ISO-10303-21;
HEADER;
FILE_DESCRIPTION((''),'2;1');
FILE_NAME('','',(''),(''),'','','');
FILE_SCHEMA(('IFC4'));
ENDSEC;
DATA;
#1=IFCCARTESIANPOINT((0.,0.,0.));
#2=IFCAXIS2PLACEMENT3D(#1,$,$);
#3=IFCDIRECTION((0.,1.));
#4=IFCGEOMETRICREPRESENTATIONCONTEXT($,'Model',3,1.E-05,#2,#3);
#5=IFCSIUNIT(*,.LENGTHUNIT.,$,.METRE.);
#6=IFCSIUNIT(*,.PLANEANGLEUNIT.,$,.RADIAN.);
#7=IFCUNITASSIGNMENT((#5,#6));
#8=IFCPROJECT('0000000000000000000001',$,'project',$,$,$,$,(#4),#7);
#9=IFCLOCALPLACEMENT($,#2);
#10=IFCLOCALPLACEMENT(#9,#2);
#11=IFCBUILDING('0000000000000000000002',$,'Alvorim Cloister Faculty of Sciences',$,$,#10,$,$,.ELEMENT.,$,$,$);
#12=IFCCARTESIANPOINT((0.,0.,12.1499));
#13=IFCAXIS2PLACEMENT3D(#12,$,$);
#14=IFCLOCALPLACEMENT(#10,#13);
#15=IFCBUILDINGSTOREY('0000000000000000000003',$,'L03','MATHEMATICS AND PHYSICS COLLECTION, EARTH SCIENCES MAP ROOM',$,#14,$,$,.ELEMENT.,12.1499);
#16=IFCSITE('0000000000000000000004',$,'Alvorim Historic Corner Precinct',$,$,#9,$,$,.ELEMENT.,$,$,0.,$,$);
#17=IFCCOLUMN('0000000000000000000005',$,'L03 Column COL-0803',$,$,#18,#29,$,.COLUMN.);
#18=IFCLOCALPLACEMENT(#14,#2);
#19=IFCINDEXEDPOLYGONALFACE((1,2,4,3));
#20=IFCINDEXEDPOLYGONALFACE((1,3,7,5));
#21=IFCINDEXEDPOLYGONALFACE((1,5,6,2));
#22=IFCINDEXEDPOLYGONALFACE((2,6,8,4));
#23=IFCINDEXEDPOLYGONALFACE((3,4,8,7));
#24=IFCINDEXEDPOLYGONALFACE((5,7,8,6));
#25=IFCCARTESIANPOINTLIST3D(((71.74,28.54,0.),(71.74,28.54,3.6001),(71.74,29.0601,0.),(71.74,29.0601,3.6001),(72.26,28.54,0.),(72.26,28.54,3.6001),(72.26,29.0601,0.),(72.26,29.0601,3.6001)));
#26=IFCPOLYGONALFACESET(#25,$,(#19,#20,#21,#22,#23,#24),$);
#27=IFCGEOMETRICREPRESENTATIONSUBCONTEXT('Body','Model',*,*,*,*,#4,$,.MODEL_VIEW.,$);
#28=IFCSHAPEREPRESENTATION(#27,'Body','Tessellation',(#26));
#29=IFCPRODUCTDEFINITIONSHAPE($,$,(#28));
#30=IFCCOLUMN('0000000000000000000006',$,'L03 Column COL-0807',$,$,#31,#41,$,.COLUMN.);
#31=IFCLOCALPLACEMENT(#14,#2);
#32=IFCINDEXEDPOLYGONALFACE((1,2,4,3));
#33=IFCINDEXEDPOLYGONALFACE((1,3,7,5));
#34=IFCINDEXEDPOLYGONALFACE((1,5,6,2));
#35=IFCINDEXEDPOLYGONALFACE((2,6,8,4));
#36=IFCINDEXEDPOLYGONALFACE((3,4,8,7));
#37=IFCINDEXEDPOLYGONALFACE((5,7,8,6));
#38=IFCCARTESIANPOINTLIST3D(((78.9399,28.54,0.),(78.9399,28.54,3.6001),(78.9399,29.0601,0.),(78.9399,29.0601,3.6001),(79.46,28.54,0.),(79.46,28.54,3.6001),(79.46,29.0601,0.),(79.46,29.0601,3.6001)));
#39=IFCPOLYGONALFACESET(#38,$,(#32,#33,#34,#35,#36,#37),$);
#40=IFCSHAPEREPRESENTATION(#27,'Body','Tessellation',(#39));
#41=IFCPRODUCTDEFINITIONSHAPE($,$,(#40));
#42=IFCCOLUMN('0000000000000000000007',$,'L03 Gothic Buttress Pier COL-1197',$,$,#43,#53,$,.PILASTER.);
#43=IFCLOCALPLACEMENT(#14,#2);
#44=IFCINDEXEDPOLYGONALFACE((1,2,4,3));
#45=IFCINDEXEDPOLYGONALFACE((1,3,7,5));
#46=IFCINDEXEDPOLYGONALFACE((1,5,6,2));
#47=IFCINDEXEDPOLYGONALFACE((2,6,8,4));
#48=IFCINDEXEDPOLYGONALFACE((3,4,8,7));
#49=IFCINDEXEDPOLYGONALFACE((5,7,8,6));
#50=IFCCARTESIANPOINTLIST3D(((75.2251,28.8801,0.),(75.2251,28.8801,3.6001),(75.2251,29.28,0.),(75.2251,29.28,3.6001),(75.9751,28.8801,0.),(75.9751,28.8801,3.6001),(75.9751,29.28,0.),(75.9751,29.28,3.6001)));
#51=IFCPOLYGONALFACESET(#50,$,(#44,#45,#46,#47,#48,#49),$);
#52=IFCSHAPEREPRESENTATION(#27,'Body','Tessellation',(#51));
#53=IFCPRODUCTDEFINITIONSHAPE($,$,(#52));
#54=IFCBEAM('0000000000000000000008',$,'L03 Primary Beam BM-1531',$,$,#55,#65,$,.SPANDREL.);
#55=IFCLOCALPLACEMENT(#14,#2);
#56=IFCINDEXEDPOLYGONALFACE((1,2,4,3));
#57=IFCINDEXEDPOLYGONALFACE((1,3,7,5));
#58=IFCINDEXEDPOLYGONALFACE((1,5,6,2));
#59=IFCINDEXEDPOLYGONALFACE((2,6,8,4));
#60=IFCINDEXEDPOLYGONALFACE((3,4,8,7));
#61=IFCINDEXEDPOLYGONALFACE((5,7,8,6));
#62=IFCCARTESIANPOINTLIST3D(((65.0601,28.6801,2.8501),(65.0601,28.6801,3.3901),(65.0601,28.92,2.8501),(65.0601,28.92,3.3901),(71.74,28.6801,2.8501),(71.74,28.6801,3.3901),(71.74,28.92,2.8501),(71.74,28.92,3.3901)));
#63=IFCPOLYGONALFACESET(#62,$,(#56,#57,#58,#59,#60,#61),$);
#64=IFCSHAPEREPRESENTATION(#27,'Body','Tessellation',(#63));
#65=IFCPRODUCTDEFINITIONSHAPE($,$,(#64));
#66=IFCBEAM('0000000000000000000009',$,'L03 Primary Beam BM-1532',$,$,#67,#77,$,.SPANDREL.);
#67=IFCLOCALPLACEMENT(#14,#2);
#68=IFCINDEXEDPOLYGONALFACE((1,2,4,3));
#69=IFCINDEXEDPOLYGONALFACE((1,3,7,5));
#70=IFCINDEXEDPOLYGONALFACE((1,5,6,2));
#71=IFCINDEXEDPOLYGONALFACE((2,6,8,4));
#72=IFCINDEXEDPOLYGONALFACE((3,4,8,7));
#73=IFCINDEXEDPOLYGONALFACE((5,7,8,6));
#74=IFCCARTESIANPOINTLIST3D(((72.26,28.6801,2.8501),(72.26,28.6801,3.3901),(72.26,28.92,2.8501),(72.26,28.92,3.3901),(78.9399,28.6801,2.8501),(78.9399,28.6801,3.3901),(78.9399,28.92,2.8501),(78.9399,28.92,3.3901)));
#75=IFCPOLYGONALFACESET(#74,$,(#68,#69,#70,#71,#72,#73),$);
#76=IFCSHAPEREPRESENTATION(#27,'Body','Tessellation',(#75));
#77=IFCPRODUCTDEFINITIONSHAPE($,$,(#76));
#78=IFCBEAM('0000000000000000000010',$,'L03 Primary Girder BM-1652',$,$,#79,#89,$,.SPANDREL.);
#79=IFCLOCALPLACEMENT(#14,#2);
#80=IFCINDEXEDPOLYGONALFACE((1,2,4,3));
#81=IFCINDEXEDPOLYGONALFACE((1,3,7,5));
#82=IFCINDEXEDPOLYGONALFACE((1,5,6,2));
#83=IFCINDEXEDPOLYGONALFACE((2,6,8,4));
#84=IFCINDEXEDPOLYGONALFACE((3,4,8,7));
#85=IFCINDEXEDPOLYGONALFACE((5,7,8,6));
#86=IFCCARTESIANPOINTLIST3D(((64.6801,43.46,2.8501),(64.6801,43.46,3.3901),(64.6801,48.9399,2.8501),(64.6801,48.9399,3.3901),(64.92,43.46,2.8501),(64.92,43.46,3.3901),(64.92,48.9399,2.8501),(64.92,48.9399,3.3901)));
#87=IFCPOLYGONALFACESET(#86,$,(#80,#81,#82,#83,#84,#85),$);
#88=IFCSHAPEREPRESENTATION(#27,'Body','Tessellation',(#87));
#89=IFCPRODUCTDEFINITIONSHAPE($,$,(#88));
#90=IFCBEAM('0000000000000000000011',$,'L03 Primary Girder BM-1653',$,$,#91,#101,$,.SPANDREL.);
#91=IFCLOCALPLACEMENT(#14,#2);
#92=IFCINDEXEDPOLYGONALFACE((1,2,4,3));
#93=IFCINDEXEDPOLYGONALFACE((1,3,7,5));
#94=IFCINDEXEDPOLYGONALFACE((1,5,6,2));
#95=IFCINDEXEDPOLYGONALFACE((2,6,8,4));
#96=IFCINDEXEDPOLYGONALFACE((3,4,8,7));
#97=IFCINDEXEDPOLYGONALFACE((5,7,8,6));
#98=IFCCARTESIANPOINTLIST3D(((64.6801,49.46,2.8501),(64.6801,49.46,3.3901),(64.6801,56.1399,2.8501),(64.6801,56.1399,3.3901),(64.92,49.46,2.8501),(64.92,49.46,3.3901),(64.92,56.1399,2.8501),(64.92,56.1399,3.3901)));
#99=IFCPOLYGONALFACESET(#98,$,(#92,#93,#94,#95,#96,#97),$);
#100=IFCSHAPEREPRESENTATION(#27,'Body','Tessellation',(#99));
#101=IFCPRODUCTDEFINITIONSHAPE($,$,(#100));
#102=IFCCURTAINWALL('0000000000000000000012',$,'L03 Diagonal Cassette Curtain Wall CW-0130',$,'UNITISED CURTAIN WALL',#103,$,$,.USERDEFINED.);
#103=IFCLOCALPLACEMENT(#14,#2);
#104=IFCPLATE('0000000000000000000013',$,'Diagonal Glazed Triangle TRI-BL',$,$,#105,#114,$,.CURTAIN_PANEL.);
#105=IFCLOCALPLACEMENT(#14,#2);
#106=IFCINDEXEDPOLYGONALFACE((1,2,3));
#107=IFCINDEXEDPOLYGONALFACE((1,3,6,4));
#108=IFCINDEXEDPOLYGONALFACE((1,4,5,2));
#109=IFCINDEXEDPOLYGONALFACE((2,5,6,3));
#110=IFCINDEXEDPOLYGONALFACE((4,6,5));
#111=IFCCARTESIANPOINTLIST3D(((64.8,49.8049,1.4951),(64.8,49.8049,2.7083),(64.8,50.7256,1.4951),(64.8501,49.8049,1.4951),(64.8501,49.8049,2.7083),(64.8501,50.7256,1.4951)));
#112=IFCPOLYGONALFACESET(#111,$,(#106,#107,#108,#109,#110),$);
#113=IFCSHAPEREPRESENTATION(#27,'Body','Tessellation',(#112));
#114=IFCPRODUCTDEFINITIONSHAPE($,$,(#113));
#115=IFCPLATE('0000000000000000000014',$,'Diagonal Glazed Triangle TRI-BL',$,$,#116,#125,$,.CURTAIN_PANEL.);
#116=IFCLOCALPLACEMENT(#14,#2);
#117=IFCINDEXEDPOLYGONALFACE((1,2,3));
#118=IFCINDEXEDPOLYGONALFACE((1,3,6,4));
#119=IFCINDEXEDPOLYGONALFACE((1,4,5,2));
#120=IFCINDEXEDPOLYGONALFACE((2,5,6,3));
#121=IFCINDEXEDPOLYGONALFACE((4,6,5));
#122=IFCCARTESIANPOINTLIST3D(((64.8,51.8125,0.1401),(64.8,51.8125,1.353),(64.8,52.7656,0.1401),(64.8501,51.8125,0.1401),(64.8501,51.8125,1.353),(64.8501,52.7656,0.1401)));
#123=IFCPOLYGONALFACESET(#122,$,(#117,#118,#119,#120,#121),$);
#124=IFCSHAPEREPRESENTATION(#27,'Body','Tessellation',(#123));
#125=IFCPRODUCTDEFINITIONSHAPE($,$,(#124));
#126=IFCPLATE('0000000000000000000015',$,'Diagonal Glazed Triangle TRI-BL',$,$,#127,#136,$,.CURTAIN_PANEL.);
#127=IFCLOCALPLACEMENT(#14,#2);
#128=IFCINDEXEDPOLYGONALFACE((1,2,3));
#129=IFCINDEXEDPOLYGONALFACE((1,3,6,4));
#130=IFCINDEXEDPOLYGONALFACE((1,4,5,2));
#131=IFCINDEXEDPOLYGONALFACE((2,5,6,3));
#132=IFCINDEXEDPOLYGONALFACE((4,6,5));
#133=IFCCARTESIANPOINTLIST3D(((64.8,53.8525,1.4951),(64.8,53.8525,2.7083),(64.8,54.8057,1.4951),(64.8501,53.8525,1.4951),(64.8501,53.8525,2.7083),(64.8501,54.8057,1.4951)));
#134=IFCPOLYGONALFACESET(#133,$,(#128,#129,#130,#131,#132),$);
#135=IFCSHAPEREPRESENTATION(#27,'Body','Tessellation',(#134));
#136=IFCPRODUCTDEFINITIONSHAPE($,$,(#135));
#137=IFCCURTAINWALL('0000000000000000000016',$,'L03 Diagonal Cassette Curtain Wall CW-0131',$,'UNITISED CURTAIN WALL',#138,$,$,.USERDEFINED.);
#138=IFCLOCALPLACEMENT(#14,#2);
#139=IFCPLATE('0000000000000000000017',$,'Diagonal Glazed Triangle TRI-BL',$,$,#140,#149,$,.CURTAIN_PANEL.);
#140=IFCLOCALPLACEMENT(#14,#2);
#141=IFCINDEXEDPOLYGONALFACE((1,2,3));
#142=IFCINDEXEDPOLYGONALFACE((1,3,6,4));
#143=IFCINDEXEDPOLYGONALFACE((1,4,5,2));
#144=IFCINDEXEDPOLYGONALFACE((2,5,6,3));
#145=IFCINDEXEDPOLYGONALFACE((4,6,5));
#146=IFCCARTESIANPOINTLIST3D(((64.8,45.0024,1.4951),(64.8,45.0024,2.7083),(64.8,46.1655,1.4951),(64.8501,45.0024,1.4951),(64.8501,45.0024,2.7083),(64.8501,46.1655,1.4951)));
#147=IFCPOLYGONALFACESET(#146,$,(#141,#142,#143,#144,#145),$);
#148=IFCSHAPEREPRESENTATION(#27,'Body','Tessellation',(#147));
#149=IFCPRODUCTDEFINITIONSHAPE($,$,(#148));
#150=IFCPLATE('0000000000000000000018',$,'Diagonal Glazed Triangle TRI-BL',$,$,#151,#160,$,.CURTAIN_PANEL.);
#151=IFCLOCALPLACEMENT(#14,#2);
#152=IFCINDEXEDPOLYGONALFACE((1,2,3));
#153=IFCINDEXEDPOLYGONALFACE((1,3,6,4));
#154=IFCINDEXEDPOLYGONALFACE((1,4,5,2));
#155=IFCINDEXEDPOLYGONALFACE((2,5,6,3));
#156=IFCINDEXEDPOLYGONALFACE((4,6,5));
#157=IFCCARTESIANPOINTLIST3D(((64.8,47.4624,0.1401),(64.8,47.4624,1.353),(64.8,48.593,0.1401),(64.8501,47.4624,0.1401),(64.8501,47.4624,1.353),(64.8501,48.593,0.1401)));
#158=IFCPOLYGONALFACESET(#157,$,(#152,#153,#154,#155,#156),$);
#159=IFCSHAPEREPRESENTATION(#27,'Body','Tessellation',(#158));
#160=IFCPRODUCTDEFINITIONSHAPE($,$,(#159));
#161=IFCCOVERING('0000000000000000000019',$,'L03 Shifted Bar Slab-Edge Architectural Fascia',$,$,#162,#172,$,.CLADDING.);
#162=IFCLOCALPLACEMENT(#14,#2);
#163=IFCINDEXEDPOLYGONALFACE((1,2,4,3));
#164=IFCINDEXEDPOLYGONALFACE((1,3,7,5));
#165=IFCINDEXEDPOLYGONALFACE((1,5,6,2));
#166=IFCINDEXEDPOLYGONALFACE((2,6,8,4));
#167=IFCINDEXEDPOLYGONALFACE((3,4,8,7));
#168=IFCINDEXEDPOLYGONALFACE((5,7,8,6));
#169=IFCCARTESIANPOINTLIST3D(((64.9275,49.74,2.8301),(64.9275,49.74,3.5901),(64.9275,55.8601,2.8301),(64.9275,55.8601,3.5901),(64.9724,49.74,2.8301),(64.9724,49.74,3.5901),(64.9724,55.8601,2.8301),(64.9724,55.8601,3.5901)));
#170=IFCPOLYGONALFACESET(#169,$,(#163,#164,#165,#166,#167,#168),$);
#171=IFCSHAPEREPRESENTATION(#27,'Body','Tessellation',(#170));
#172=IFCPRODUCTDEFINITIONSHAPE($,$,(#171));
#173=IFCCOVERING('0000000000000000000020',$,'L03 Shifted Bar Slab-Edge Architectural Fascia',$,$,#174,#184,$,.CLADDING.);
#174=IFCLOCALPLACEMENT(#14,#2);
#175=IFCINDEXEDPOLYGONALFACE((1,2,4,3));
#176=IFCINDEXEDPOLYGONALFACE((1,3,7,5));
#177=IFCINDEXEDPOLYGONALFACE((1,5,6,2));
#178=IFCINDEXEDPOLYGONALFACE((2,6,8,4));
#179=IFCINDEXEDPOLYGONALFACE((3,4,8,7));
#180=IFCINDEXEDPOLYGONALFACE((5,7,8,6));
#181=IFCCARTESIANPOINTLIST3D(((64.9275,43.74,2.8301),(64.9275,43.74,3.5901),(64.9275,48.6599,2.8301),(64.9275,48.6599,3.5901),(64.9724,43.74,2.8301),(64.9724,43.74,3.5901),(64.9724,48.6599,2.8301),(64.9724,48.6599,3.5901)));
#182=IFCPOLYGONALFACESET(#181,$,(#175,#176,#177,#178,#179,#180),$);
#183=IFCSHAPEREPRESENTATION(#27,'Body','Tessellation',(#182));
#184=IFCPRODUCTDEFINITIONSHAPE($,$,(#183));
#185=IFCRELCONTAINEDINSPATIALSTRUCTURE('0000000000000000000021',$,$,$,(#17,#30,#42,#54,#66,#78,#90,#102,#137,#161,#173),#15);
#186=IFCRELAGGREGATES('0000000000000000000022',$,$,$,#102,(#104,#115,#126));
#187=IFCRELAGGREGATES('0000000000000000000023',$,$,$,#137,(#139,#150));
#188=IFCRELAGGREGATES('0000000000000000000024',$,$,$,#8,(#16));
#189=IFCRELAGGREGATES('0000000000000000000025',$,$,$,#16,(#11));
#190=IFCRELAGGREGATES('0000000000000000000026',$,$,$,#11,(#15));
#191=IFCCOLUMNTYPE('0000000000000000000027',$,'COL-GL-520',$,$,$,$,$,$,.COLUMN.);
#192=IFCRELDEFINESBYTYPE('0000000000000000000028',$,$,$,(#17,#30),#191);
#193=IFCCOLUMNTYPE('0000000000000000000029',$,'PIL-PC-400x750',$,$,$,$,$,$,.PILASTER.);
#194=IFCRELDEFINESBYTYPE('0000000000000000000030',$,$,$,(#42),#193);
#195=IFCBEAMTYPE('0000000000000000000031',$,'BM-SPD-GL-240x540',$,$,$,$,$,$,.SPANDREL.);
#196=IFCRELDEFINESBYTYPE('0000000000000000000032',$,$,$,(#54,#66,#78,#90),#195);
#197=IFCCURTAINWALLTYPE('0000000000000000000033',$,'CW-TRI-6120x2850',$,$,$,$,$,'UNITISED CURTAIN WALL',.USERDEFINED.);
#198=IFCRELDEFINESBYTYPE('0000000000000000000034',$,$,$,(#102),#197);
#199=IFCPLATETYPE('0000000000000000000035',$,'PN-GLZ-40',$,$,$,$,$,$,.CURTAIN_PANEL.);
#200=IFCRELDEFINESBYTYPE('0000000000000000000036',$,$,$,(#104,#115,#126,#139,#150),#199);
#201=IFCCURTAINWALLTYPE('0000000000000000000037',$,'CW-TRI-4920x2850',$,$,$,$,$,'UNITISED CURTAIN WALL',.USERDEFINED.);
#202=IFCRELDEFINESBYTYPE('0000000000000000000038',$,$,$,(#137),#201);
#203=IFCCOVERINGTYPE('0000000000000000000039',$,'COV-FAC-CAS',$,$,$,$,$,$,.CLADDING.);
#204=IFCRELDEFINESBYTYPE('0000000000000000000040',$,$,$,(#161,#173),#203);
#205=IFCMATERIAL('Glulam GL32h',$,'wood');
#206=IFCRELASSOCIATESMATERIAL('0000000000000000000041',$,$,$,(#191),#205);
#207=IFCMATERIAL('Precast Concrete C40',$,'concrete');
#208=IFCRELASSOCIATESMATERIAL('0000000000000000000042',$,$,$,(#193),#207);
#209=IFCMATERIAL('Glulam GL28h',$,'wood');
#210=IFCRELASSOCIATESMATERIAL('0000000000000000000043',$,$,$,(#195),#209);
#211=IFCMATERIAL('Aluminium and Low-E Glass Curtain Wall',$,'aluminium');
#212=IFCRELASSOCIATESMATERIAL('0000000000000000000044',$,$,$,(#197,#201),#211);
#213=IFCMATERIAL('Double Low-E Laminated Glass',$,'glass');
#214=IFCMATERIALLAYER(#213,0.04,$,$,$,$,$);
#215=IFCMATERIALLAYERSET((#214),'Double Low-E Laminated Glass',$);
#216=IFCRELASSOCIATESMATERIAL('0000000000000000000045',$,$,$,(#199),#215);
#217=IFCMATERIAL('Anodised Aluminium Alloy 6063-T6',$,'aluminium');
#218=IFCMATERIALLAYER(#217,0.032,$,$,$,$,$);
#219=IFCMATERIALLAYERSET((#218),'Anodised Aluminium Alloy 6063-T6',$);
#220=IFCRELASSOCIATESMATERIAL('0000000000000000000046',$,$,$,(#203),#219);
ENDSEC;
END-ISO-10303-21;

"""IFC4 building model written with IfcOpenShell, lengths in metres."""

from ifc_helpers import new_model, si_unit, direction, frame, origin, origin_2d, place, context, subcontext, project, spatial, polyline, rectangle, outline, extrude, material, layer, layer_set, material_profile, profile_set, type_object, element, aggregate, save


model = new_model("IFC4")

# Units and contexts
model_context = context("Model", 3, precision=1e-05, world=origin(), true_north=direction((0.0, 1.0)))
body_context = subcontext(model_context, "Body", "Model", "MODEL_VIEW")
ifc_project = project(units=[si_unit("LENGTHUNIT", "METRE"), si_unit("PLANEANGLEUNIT", "RADIAN")], contexts=[model_context])

# Site, building, storey
site_placement = place(None, origin())
site = spatial("IfcSite", under=ifc_project, at=site_placement, Name="Alvorim Historic Corner Precinct", CompositionType="ELEMENT", RefElevation=0.0)
building_placement = place(site_placement, origin())
building = spatial("IfcBuilding", under=site, at=building_placement, Name="Alvorim Cloister Faculty of Sciences", CompositionType="ELEMENT")
storey_placement = place(building_placement, frame((0.0, 0.0, 12.1499)))
storey = spatial("IfcBuildingStorey", under=building, at=storey_placement, Name="L03", Description="MATHEMATICS AND PHYSICS COLLECTION, EARTH SCIENCES MAP ROOM", CompositionType="ELEMENT", Elevation=12.1499)

# Columns
ifc_material_1 = material(Name="Glulam GL32h", Category="wood")
ifc_material_profile_1 = material_profile(ifc_material_1, rectangle(XDim=0.52, YDim=0.52, at=origin_2d()), Name="GL32-COL-520x520")
ifc_profile_set_1 = profile_set([ifc_material_profile_1], Name="Glulam GL32h")
column_type_1 = type_object("IfcColumnType", Name="COL-GL-520", PredefinedType="COLUMN", material=ifc_profile_set_1)
for number, where, z_axis, x_axis, name in (
    (1, (72.0, 28.8, 0.0), (0.0, 0.0, 1.0), (1.0, 0.0, 0.0), "L03 Column COL-0803"),
    (2, (79.2, 28.8, 0.0), (0.0, 0.0, 1.0), (1.0, 0.0, 0.0), "L03 Column COL-0807"),
):
    element("IfcColumn", number, at=place(storey_placement, frame(where, z_axis=z_axis, x_axis=x_axis)), inside=storey, type_object=column_type_1, Name=name, PredefinedType="COLUMN", context=body_context, shape_type="SweptSolid", body=[
        extrude(rectangle(XDim=0.52, YDim=0.52, at=origin_2d()), origin(), (0.0, 0.0, 1.0), 3.6001),
    ])
ifc_material_2 = material(Name="Precast Concrete C40", Category="concrete")
ifc_material_profile_2 = material_profile(ifc_material_2, rectangle(XDim=0.3999, YDim=0.75, at=origin_2d()), Name="RC40-PIL-400x750")
ifc_profile_set_2 = profile_set([ifc_material_profile_2], Name="Precast Concrete C40")
column_type_2 = type_object("IfcColumnType", Name="PIL-PC-400x750", PredefinedType="PILASTER", material=ifc_profile_set_2)
column_placement = place(storey_placement, frame((75.6001, 29.0801, 0.0), z_axis=(0.0, 0.0, 1.0), x_axis=(0.0, 1.0, 0.0)))
element("IfcColumn", 3, at=column_placement, inside=storey, type_object=column_type_2, Name="L03 Gothic Buttress Pier COL-1197", PredefinedType="PILASTER", context=body_context, shape_type="SweptSolid", body=[
    extrude(rectangle(XDim=0.3999, YDim=0.75, at=origin_2d()), origin(), (0.0, 0.0, 1.0), 3.6001),
])

# Beams
ifc_material_3 = material(Name="Glulam GL28h", Category="wood")
ifc_material_profile_3 = material_profile(ifc_material_3, rectangle(XDim=0.24, YDim=0.54, at=origin_2d()), Name="GL28-SPD-240x540")
ifc_profile_set_3 = profile_set([ifc_material_profile_3], Name="Glulam GL28h")
beam_type = type_object("IfcBeamType", Name="BM-SPD-GL-240x540", PredefinedType="SPANDREL", material=ifc_profile_set_3)
for number, where, z_axis, x_axis, name in (
    (4, (65.0601, 28.8, 3.1201), (1.0, 0.0, 0.0), (0.0, 1.0, 0.0), "L03 Primary Beam BM-1531"),
    (5, (72.26, 28.8, 3.1201), (1.0, 0.0, 0.0), (0.0, 1.0, 0.0), "L03 Primary Beam BM-1532"),
):
    element("IfcBeam", number, at=place(storey_placement, frame(where, z_axis=z_axis, x_axis=x_axis)), inside=storey, type_object=beam_type, Name=name, PredefinedType="SPANDREL", context=body_context, shape_type="SweptSolid", body=[
        extrude(rectangle(XDim=0.24, YDim=0.54, at=origin_2d()), origin(), (0.0, 0.0, 1.0), 6.6799),
    ])
beam_1_placement = place(storey_placement, frame((64.8, 43.46, 3.1201), z_axis=(0.0, 1.0, 0.0), x_axis=(-1.0, 0.0, 0.0)))
element("IfcBeam", 6, at=beam_1_placement, inside=storey, type_object=beam_type, Name="L03 Primary Girder BM-1652", PredefinedType="SPANDREL", context=body_context, shape_type="SweptSolid", body=[
    extrude(rectangle(XDim=0.24, YDim=0.54, at=origin_2d()), origin(), (0.0, 0.0, 1.0), 5.48),
])
beam_2_placement = place(storey_placement, frame((64.8, 49.46, 3.1201), z_axis=(0.0, 1.0, 0.0), x_axis=(-1.0, 0.0, 0.0)))
element("IfcBeam", 7, at=beam_2_placement, inside=storey, type_object=beam_type, Name="L03 Primary Girder BM-1653", PredefinedType="SPANDREL", context=body_context, shape_type="SweptSolid", body=[
    extrude(rectangle(XDim=0.24, YDim=0.54, at=origin_2d()), origin(), (0.0, 0.0, 1.0), 6.6799),
])

# Curtain walls, plates
ifc_material_4 = material(Name="Aluminium and Low-E Glass Curtain Wall", Category="aluminium")
curtain_wall_type_1 = type_object("IfcCurtainWallType", Name="CW-TRI-6120x2850", ElementType="UNITISED CURTAIN WALL", PredefinedType="USERDEFINED", material=ifc_material_4)
curtain_wall_1_placement = place(storey_placement, origin())
curtain_wall_1 = element("IfcCurtainWall", 8, at=curtain_wall_1_placement, inside=storey, type_object=curtain_wall_type_1, Name="L03 Diagonal Cassette Curtain Wall CW-0130", ObjectType="UNITISED CURTAIN WALL", PredefinedType="USERDEFINED")
ifc_material_5 = material(Name="Double Low-E Laminated Glass", Category="glass")
ifc_layer_1 = layer(ifc_material_5, 0.04)
ifc_layer_set_1 = layer_set([ifc_layer_1], Name="Double Low-E Laminated Glass")
plate_type = type_object("IfcPlateType", Name="PN-GLZ-40", PredefinedType="CURTAIN_PANEL", material=ifc_layer_set_1)
plate_1_placement = place(storey_placement, frame((64.825, 49.8049, 1.4951), z_axis=(0.0, 0.0, 1.0), x_axis=(0.0, 1.0, 0.0)))
plate_1 = element("IfcPlate", 9, at=plate_1_placement, type_object=plate_type, Name="Diagonal Glazed Triangle TRI-BL", PredefinedType="CURTAIN_PANEL", context=body_context, shape_type="SweptSolid", body=[
    extrude(outline(polyline([(0.0, 0.0), (0.9207, 0.0), (0.0, 1.2131), (0.0, 0.0)])), frame((0.0, 0.0249, 0.0), z_axis=(0.0, -1.0, 0.0), x_axis=(1.0, 0.0, 0.0)), (0.0, 0.0, 1.0), 0.05),
])
plate_2_placement = place(storey_placement, frame((64.825, 51.8125, 0.1401), z_axis=(0.0, 0.0, 1.0), x_axis=(0.0, 1.0, 0.0)))
plate_2 = element("IfcPlate", 10, at=plate_2_placement, type_object=plate_type, Name="Diagonal Glazed Triangle TRI-BL", PredefinedType="CURTAIN_PANEL", context=body_context, shape_type="SweptSolid", body=[
    extrude(outline(polyline([(0.0, 0.0), (0.9531, 0.0), (0.0, 1.2129), (0.0, 0.0)])), frame((0.0, 0.0249, 0.0), z_axis=(0.0, -1.0, 0.0), x_axis=(1.0, 0.0, 0.0)), (0.0, 0.0, 1.0), 0.05),
])
plate_3_placement = place(storey_placement, frame((64.825, 53.8525, 1.4951), z_axis=(0.0, 0.0, 1.0), x_axis=(0.0, 1.0, 0.0)))
plate_3 = element("IfcPlate", 11, at=plate_3_placement, type_object=plate_type, Name="Diagonal Glazed Triangle TRI-BL", PredefinedType="CURTAIN_PANEL", context=body_context, shape_type="SweptSolid", body=[
    extrude(outline(polyline([(0.0, 0.0), (0.9531, 0.0), (0.0, 1.2131), (0.0, 0.0)])), frame((0.0, 0.0249, 0.0), z_axis=(0.0, -1.0, 0.0), x_axis=(1.0, 0.0, 0.0)), (0.0, 0.0, 1.0), 0.05),
])
aggregate(curtain_wall_1, [plate_1, plate_2, plate_3])
curtain_wall_type_2 = type_object("IfcCurtainWallType", Name="CW-TRI-4920x2850", ElementType="UNITISED CURTAIN WALL", PredefinedType="USERDEFINED", material=ifc_material_4)
curtain_wall_2_placement = place(storey_placement, origin())
curtain_wall_2 = element("IfcCurtainWall", 12, at=curtain_wall_2_placement, inside=storey, type_object=curtain_wall_type_2, Name="L03 Diagonal Cassette Curtain Wall CW-0131", ObjectType="UNITISED CURTAIN WALL", PredefinedType="USERDEFINED")
plate_4_placement = place(storey_placement, frame((64.825, 45.0024, 1.4951), z_axis=(0.0, 0.0, 1.0), x_axis=(0.0, 1.0, 0.0)))
plate_4 = element("IfcPlate", 13, at=plate_4_placement, type_object=plate_type, Name="Diagonal Glazed Triangle TRI-BL", PredefinedType="CURTAIN_PANEL", context=body_context, shape_type="SweptSolid", body=[
    extrude(outline(polyline([(0.0, 0.0), (1.1631, 0.0), (0.0, 1.2131), (0.0, 0.0)])), frame((0.0, 0.0249, 0.0), z_axis=(0.0, -1.0, 0.0), x_axis=(1.0, 0.0, 0.0)), (0.0, 0.0, 1.0), 0.05),
])
plate_5_placement = place(storey_placement, frame((64.825, 47.4624, 0.1401), z_axis=(0.0, 0.0, 1.0), x_axis=(0.0, 1.0, 0.0)))
plate_5 = element("IfcPlate", 14, at=plate_5_placement, type_object=plate_type, Name="Diagonal Glazed Triangle TRI-BL", PredefinedType="CURTAIN_PANEL", context=body_context, shape_type="SweptSolid", body=[
    extrude(outline(polyline([(0.0, 0.0), (1.1306, 0.0), (0.0, 1.2129), (0.0, 0.0)])), frame((0.0, 0.0249, 0.0), z_axis=(0.0, -1.0, 0.0), x_axis=(1.0, 0.0, 0.0)), (0.0, 0.0, 1.0), 0.05),
])
aggregate(curtain_wall_2, [plate_4, plate_5])

# Coverings
ifc_material_6 = material(Name="Anodised Aluminium Alloy 6063-T6", Category="aluminium")
ifc_layer_2 = layer(ifc_material_6, 0.032)
ifc_layer_set_2 = layer_set([ifc_layer_2], Name="Anodised Aluminium Alloy 6063-T6")
covering_type = type_object("IfcCoveringType", Name="COV-FAC-CAS", PredefinedType="CLADDING", material=ifc_layer_set_2)
covering_1_placement = place(storey_placement, frame((64.95, 49.74, 2.8301), z_axis=(0.0, 0.0, 1.0), x_axis=(0.0, 1.0, 0.0)))
element("IfcCovering", 15, at=covering_1_placement, inside=storey, type_object=covering_type, Name="L03 Shifted Bar Slab-Edge Architectural Fascia", PredefinedType="CLADDING", context=body_context, shape_type="SweptSolid", body=[
    extrude(outline(polyline([(0.0, 0.0), (6.1201, 0.0), (6.1201, 0.76), (0.0, 0.76), (0.0, 0.0)])), frame((0.0, 0.0225, 0.0), z_axis=(0.0, -1.0, 0.0), x_axis=(1.0, 0.0, 0.0)), (0.0, 0.0, 1.0), 0.0449),
])
covering_2_placement = place(storey_placement, frame((64.95, 43.74, 2.8301), z_axis=(0.0, 0.0, 1.0), x_axis=(0.0, 1.0, 0.0)))
element("IfcCovering", 16, at=covering_2_placement, inside=storey, type_object=covering_type, Name="L03 Shifted Bar Slab-Edge Architectural Fascia", PredefinedType="CLADDING", context=body_context, shape_type="SweptSolid", body=[
    extrude(outline(polyline([(0.0, 0.0), (4.9199, 0.0), (4.9199, 0.76), (0.0, 0.76), (0.0, 0.0)])), frame((0.0, 0.0225, 0.0), z_axis=(0.0, -1.0, 0.0), x_axis=(1.0, 0.0, 0.0)), (0.0, 0.0, 1.0), 0.0449),
])

save(model, "model.ifc")
